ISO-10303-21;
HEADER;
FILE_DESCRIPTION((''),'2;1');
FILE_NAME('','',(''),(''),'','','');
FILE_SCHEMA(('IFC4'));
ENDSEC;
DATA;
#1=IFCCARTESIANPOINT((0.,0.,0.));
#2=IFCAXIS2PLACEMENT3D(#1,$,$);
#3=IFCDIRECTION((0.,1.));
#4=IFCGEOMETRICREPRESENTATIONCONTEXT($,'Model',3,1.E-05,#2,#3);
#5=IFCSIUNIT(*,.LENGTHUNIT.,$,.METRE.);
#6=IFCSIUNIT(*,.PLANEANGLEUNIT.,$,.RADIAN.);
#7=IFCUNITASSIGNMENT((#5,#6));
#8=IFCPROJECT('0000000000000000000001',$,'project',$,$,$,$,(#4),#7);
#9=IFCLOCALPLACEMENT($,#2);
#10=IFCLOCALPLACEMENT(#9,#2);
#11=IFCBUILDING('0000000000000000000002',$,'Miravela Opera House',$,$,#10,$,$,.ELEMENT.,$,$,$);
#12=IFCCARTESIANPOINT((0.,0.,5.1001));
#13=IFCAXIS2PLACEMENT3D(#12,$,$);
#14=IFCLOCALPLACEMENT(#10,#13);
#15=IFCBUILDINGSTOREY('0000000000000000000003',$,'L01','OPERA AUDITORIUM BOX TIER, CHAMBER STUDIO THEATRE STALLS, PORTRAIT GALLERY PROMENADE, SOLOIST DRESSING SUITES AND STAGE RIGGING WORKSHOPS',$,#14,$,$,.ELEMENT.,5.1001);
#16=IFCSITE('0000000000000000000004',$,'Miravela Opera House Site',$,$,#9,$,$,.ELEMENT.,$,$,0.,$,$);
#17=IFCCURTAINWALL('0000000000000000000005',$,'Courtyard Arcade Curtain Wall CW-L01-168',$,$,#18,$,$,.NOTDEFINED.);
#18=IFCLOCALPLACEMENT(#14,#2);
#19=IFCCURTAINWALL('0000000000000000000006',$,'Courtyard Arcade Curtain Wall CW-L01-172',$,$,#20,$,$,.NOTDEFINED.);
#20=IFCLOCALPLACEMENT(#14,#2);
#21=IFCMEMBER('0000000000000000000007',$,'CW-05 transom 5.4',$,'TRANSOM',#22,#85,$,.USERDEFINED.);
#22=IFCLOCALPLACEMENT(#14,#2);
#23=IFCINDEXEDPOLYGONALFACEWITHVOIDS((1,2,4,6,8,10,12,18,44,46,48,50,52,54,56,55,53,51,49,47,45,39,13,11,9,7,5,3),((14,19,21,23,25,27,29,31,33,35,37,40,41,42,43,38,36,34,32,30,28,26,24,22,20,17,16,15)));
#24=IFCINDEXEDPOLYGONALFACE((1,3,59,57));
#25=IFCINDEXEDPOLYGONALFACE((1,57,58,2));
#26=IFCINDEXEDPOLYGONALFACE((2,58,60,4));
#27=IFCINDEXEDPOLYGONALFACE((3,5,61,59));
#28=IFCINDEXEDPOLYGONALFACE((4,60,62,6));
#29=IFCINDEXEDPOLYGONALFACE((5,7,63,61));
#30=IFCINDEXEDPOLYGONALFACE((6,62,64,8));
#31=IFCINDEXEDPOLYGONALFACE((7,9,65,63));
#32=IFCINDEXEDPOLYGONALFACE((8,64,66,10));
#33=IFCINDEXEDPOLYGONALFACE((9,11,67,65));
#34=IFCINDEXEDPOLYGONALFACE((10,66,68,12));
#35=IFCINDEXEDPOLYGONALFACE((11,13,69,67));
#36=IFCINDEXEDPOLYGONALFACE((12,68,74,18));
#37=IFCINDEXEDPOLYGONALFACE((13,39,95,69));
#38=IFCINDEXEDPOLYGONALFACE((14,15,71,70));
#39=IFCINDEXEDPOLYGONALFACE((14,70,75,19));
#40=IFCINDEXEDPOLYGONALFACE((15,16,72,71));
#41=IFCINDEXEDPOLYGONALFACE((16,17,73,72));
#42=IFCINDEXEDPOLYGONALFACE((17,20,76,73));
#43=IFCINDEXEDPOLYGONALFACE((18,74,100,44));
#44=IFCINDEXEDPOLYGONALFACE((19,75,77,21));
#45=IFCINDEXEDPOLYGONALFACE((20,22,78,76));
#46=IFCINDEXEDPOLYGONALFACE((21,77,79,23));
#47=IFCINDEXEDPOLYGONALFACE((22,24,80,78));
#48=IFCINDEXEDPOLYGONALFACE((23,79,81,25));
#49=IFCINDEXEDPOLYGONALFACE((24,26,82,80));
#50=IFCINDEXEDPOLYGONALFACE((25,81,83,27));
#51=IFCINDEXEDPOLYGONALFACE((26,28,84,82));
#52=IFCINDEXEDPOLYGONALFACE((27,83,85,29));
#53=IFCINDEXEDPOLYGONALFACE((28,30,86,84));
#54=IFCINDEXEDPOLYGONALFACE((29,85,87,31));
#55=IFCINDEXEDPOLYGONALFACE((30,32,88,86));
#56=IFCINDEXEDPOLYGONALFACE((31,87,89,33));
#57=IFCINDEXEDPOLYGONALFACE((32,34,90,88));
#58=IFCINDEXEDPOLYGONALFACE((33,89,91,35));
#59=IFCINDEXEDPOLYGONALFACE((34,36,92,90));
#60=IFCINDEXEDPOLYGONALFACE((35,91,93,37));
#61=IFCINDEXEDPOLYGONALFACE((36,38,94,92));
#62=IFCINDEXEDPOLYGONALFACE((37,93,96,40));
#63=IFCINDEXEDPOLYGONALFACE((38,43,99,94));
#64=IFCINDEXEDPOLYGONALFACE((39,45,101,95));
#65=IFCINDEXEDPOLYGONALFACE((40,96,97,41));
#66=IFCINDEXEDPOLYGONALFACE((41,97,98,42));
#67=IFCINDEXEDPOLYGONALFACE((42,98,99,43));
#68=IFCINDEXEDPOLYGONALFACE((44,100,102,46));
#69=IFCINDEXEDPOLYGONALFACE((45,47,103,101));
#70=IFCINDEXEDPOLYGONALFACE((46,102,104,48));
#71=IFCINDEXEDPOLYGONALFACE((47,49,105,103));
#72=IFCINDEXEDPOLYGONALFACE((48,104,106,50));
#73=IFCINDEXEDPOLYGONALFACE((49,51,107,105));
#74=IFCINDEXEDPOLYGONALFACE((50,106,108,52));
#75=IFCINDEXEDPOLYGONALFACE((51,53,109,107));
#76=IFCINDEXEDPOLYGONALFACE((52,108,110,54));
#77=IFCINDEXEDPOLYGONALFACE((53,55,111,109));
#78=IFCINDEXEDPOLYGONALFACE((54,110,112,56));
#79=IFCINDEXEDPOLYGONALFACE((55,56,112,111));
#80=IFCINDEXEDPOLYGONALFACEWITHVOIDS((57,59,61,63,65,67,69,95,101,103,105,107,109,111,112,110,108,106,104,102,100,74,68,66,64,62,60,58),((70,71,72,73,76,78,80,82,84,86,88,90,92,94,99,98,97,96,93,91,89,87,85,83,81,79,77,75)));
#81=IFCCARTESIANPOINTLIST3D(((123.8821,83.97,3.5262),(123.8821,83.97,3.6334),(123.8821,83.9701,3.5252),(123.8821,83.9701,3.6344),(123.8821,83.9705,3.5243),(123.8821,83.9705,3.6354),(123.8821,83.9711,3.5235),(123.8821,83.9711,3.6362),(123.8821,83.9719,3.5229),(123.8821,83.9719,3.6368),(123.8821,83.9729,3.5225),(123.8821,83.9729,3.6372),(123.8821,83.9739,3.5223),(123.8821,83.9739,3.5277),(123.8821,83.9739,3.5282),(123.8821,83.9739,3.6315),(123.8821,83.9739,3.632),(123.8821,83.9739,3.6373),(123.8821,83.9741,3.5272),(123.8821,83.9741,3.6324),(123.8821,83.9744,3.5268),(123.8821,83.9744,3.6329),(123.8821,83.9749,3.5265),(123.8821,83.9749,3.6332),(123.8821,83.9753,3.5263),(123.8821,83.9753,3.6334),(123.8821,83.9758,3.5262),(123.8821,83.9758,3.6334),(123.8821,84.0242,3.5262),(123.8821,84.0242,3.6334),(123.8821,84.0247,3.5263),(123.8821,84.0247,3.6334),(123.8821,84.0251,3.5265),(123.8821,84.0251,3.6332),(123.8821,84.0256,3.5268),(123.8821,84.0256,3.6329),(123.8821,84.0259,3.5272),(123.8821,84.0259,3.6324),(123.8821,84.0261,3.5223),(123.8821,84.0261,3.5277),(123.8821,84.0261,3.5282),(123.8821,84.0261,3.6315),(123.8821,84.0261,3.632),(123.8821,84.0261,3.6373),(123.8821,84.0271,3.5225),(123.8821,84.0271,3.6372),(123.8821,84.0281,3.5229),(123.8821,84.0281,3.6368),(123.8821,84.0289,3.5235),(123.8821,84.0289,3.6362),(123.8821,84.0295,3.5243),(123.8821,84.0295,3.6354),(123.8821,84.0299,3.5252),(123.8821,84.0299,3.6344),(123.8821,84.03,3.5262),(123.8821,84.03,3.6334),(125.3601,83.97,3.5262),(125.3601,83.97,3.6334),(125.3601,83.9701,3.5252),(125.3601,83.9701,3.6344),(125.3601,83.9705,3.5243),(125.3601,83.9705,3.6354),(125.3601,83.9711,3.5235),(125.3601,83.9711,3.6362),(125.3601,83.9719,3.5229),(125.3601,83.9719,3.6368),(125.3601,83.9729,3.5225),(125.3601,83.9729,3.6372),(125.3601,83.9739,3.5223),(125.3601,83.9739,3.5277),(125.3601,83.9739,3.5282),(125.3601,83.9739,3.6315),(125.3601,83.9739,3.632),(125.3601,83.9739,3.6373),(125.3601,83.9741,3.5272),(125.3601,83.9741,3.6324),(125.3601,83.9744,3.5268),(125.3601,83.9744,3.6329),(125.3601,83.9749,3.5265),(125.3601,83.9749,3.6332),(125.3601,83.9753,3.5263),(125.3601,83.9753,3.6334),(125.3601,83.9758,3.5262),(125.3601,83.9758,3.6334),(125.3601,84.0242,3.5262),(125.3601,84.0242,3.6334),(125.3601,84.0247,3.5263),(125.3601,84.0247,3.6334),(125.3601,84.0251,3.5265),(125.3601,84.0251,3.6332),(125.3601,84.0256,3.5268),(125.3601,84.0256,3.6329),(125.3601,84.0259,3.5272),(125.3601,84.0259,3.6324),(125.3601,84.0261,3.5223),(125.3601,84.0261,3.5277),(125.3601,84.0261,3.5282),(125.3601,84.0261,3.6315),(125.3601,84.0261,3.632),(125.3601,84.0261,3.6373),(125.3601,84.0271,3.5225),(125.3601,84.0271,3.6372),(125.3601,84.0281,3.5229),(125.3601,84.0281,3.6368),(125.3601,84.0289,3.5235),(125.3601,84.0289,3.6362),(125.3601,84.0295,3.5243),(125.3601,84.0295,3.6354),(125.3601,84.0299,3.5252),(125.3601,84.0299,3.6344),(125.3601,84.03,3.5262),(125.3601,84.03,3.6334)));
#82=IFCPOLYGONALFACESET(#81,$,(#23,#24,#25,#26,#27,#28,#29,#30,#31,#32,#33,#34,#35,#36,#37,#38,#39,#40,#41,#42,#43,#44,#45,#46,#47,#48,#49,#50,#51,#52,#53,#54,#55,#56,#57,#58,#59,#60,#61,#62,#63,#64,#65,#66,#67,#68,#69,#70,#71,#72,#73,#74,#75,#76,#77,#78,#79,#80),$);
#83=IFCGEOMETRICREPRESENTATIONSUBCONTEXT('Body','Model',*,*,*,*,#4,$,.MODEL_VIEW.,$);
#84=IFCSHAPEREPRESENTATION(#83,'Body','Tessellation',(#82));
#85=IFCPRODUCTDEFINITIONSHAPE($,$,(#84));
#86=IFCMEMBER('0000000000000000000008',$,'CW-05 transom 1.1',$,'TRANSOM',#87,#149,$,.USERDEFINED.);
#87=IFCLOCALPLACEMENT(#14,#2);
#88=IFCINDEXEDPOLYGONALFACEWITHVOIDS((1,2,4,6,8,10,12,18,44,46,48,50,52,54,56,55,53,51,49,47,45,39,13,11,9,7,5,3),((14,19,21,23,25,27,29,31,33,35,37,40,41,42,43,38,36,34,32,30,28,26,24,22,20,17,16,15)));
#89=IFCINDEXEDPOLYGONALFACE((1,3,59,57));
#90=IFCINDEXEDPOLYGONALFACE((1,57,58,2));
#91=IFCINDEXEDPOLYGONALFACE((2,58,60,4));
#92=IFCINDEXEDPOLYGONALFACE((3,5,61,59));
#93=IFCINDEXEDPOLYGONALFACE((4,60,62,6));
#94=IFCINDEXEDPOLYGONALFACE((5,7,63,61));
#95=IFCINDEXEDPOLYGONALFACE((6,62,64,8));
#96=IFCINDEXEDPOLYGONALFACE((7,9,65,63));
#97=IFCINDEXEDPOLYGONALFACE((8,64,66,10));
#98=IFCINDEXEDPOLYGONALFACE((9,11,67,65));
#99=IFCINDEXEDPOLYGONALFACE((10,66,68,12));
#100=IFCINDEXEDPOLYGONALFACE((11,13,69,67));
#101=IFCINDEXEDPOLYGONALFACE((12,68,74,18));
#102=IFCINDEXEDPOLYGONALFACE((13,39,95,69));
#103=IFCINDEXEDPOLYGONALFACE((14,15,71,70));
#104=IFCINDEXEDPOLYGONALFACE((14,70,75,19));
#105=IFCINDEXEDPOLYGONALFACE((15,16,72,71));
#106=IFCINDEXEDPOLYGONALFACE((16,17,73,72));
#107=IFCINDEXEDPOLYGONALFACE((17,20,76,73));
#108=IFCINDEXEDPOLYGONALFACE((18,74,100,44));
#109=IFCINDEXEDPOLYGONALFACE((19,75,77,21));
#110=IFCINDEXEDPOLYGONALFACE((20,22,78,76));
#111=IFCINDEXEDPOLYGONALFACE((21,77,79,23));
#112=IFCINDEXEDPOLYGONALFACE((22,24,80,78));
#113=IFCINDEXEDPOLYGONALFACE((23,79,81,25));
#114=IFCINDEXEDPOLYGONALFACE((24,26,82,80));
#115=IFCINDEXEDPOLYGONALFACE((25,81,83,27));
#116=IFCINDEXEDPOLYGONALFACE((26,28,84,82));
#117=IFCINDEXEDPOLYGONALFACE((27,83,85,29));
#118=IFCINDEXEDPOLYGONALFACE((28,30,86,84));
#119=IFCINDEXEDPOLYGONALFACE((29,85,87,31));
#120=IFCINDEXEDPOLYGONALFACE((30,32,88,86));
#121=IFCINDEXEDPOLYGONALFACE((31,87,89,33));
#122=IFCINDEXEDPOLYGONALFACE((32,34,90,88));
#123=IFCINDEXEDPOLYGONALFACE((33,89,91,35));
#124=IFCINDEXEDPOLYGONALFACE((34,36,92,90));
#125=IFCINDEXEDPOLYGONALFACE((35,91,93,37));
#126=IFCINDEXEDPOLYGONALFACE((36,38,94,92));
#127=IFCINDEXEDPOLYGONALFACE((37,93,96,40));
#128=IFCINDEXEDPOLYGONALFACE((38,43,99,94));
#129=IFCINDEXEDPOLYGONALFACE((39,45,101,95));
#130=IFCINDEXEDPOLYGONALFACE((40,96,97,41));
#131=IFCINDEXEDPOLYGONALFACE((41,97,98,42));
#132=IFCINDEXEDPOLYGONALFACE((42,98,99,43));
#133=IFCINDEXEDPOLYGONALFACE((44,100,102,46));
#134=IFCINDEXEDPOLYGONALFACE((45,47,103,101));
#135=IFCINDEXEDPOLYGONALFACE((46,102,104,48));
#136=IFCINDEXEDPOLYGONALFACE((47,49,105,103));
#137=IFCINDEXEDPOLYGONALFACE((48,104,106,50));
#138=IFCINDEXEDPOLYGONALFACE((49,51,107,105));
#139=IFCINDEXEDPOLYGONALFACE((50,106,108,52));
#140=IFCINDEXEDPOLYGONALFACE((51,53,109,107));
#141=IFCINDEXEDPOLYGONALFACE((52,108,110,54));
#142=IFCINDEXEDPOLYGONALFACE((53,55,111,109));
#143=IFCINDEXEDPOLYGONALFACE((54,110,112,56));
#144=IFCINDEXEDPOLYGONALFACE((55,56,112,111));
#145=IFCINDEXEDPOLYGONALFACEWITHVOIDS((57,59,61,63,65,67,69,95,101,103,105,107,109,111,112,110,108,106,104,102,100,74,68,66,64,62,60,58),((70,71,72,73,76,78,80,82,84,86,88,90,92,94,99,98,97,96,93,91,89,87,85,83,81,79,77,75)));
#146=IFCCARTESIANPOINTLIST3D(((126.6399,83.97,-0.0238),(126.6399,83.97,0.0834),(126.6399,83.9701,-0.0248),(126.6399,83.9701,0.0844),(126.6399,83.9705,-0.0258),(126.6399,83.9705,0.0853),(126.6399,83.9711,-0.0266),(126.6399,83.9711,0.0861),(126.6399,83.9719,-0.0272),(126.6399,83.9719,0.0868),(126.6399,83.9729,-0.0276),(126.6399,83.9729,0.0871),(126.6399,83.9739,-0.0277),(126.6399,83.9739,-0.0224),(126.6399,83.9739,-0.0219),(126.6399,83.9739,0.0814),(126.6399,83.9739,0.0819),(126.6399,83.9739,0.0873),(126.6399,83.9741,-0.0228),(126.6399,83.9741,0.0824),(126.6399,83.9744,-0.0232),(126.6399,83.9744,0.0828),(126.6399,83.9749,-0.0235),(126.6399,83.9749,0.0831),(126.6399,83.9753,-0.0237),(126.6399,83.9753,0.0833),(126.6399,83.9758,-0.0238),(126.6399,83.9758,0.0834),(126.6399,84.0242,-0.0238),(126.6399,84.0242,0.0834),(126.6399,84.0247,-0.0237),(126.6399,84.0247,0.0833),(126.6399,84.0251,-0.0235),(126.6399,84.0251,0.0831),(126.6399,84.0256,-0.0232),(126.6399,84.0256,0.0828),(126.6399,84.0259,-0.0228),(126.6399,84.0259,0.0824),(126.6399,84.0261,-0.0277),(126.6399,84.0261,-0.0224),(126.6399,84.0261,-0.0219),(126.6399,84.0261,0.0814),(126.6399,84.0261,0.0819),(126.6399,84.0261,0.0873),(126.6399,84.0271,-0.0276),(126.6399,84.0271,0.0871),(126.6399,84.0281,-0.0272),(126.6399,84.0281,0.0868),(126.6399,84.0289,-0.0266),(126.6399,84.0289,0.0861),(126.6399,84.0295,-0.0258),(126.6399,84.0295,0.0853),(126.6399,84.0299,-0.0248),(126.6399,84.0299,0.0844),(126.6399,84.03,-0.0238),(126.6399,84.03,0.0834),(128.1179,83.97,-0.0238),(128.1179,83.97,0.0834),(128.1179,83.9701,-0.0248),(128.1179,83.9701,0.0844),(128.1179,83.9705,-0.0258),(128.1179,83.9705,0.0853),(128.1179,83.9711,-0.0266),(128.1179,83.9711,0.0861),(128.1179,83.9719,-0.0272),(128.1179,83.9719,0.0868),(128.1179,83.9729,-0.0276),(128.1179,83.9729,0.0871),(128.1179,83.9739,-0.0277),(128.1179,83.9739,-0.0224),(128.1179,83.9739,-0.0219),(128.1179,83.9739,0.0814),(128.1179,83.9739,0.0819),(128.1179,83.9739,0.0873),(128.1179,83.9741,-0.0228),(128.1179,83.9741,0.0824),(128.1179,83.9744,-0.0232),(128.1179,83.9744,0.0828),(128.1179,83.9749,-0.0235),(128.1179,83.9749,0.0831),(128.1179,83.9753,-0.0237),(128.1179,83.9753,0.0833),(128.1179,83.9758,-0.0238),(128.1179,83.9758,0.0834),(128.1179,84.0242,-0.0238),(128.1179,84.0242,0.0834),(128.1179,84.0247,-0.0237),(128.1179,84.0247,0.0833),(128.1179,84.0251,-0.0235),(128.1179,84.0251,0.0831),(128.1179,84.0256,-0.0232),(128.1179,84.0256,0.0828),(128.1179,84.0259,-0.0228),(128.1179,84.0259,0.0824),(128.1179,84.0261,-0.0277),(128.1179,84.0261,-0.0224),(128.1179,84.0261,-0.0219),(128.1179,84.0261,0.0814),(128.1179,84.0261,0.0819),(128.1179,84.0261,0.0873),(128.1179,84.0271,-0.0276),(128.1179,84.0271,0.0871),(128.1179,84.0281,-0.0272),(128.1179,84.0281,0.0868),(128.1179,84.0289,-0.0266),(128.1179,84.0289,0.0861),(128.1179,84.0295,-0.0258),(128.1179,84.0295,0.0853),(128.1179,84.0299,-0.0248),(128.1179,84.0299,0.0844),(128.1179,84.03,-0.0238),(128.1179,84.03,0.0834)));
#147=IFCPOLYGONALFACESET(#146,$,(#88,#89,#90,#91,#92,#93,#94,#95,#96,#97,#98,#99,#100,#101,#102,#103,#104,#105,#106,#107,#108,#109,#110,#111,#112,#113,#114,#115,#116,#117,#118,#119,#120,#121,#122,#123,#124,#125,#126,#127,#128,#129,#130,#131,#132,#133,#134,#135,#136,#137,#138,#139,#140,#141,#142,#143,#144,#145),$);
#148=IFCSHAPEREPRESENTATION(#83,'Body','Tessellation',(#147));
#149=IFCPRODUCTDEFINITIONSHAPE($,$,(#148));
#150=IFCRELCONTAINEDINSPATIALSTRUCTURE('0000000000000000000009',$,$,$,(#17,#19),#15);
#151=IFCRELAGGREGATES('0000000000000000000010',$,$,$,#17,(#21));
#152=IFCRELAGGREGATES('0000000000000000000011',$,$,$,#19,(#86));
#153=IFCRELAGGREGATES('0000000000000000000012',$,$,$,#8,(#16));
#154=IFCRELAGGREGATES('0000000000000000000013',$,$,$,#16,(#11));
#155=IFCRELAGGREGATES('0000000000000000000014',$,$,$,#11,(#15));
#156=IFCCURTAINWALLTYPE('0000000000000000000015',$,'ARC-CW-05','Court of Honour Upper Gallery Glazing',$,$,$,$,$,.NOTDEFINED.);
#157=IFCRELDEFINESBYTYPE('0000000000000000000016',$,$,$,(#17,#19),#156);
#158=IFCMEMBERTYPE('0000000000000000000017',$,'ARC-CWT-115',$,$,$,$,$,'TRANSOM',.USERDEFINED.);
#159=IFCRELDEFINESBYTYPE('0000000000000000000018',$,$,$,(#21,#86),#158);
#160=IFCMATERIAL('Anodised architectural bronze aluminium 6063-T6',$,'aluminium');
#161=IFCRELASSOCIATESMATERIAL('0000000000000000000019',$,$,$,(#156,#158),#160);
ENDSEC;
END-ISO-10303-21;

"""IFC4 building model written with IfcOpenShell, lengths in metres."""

from ifc_helpers import new_model, si_unit, direction, frame, origin, origin_2d, place, context, subcontext, project, spatial, hollow_rectangle, extrude, material, material_profile, profile_set, type_object, element, aggregate, save


model = new_model("IFC4")

# Units and contexts
model_context = context("Model", 3, precision=1e-05, world=origin(), true_north=direction((0.0, 1.0)))
body_context = subcontext(model_context, "Body", "Model", "MODEL_VIEW")
ifc_project = project(units=[si_unit("LENGTHUNIT", "METRE"), si_unit("PLANEANGLEUNIT", "RADIAN")], contexts=[model_context])

# Site, building, storey
site_placement = place(None, origin())
site = spatial("IfcSite", under=ifc_project, at=site_placement, Name="Miravela Opera House Site", CompositionType="ELEMENT", RefElevation=0.0)
building_placement = place(site_placement, origin())
building = spatial("IfcBuilding", under=site, at=building_placement, Name="Miravela Opera House", CompositionType="ELEMENT")
storey_placement = place(building_placement, frame((0.0, 0.0, 5.1001)))
storey = spatial("IfcBuildingStorey", under=building, at=storey_placement, Name="L01", Description="OPERA AUDITORIUM BOX TIER, CHAMBER STUDIO THEATRE STALLS, PORTRAIT GALLERY PROMENADE, SOLOIST DRESSING SUITES AND STAGE RIGGING WORKSHOPS", CompositionType="ELEMENT", Elevation=5.1001)

# Curtain wall
ifc_material_1 = material(Name="Anodised architectural bronze aluminium 6063-T6", Category="aluminium")
curtain_wall_type = type_object("IfcCurtainWallType", Name="ARC-CW-05", Description="Court of Honour Upper Gallery Glazing", PredefinedType="NOTDEFINED", material=ifc_material_1)
curtain_wall_1_placement = place(storey_placement, origin())
curtain_wall_1 = element("IfcCurtainWall", 1, at=curtain_wall_1_placement, inside=storey, type_object=curtain_wall_type, Name="Courtyard Arcade Curtain Wall CW-L01-168", PredefinedType="NOTDEFINED")

# Curtain wall
curtain_wall_2_placement = place(storey_placement, origin())
curtain_wall_2 = element("IfcCurtainWall", 2, at=curtain_wall_2_placement, inside=storey, type_object=curtain_wall_type, Name="Courtyard Arcade Curtain Wall CW-L01-172", PredefinedType="NOTDEFINED")

# Members
ifc_material_profile_1 = material_profile(ifc_material_1, hollow_rectangle(XDim=0.0601, YDim=0.115, WallThickness=0.0039, InnerFilletRadius=0.002, OuterFilletRadius=0.0039, at=origin_2d()), Name="CWT-60X115")
ifc_profile_set_1 = profile_set([ifc_material_profile_1])
member_type_1 = type_object("IfcMemberType", Name="ARC-CWT-115", ElementType="TRANSOM", PredefinedType="USERDEFINED", material=ifc_profile_set_1)
member_1_placement = place(storey_placement, frame((123.8821, 84.0, 3.5798), z_axis=(1.0, 0.0, 0.0), x_axis=(0.0, 1.0, 0.0)))
member_1 = element("IfcMember", 3, at=member_1_placement, type_object=member_type_1, Name="CW-05 transom 5.4", ObjectType="TRANSOM", PredefinedType="USERDEFINED", context=body_context, shape_type="SweptSolid", body=[
    extrude(hollow_rectangle(XDim=0.0601, YDim=0.115, WallThickness=0.0039, InnerFilletRadius=0.002, OuterFilletRadius=0.0039, at=origin_2d()), origin(), (0.0, 0.0, 1.0), 1.478),
])
member_2_placement = place(storey_placement, frame((126.6399, 84.0, 0.0298), z_axis=(1.0, 0.0, 0.0), x_axis=(0.0, 1.0, 0.0)))
member_2 = element("IfcMember", 4, at=member_2_placement, type_object=member_type_1, Name="CW-05 transom 1.1", ObjectType="TRANSOM", PredefinedType="USERDEFINED", context=body_context, shape_type="SweptSolid", body=[
    extrude(hollow_rectangle(XDim=0.0601, YDim=0.115, WallThickness=0.0039, InnerFilletRadius=0.002, OuterFilletRadius=0.0039, at=origin_2d()), origin(), (0.0, 0.0, 1.0), 1.478),
])

aggregate(curtain_wall_1, [member_1])
aggregate(curtain_wall_2, [member_2])

save(model, "model.ifc")
